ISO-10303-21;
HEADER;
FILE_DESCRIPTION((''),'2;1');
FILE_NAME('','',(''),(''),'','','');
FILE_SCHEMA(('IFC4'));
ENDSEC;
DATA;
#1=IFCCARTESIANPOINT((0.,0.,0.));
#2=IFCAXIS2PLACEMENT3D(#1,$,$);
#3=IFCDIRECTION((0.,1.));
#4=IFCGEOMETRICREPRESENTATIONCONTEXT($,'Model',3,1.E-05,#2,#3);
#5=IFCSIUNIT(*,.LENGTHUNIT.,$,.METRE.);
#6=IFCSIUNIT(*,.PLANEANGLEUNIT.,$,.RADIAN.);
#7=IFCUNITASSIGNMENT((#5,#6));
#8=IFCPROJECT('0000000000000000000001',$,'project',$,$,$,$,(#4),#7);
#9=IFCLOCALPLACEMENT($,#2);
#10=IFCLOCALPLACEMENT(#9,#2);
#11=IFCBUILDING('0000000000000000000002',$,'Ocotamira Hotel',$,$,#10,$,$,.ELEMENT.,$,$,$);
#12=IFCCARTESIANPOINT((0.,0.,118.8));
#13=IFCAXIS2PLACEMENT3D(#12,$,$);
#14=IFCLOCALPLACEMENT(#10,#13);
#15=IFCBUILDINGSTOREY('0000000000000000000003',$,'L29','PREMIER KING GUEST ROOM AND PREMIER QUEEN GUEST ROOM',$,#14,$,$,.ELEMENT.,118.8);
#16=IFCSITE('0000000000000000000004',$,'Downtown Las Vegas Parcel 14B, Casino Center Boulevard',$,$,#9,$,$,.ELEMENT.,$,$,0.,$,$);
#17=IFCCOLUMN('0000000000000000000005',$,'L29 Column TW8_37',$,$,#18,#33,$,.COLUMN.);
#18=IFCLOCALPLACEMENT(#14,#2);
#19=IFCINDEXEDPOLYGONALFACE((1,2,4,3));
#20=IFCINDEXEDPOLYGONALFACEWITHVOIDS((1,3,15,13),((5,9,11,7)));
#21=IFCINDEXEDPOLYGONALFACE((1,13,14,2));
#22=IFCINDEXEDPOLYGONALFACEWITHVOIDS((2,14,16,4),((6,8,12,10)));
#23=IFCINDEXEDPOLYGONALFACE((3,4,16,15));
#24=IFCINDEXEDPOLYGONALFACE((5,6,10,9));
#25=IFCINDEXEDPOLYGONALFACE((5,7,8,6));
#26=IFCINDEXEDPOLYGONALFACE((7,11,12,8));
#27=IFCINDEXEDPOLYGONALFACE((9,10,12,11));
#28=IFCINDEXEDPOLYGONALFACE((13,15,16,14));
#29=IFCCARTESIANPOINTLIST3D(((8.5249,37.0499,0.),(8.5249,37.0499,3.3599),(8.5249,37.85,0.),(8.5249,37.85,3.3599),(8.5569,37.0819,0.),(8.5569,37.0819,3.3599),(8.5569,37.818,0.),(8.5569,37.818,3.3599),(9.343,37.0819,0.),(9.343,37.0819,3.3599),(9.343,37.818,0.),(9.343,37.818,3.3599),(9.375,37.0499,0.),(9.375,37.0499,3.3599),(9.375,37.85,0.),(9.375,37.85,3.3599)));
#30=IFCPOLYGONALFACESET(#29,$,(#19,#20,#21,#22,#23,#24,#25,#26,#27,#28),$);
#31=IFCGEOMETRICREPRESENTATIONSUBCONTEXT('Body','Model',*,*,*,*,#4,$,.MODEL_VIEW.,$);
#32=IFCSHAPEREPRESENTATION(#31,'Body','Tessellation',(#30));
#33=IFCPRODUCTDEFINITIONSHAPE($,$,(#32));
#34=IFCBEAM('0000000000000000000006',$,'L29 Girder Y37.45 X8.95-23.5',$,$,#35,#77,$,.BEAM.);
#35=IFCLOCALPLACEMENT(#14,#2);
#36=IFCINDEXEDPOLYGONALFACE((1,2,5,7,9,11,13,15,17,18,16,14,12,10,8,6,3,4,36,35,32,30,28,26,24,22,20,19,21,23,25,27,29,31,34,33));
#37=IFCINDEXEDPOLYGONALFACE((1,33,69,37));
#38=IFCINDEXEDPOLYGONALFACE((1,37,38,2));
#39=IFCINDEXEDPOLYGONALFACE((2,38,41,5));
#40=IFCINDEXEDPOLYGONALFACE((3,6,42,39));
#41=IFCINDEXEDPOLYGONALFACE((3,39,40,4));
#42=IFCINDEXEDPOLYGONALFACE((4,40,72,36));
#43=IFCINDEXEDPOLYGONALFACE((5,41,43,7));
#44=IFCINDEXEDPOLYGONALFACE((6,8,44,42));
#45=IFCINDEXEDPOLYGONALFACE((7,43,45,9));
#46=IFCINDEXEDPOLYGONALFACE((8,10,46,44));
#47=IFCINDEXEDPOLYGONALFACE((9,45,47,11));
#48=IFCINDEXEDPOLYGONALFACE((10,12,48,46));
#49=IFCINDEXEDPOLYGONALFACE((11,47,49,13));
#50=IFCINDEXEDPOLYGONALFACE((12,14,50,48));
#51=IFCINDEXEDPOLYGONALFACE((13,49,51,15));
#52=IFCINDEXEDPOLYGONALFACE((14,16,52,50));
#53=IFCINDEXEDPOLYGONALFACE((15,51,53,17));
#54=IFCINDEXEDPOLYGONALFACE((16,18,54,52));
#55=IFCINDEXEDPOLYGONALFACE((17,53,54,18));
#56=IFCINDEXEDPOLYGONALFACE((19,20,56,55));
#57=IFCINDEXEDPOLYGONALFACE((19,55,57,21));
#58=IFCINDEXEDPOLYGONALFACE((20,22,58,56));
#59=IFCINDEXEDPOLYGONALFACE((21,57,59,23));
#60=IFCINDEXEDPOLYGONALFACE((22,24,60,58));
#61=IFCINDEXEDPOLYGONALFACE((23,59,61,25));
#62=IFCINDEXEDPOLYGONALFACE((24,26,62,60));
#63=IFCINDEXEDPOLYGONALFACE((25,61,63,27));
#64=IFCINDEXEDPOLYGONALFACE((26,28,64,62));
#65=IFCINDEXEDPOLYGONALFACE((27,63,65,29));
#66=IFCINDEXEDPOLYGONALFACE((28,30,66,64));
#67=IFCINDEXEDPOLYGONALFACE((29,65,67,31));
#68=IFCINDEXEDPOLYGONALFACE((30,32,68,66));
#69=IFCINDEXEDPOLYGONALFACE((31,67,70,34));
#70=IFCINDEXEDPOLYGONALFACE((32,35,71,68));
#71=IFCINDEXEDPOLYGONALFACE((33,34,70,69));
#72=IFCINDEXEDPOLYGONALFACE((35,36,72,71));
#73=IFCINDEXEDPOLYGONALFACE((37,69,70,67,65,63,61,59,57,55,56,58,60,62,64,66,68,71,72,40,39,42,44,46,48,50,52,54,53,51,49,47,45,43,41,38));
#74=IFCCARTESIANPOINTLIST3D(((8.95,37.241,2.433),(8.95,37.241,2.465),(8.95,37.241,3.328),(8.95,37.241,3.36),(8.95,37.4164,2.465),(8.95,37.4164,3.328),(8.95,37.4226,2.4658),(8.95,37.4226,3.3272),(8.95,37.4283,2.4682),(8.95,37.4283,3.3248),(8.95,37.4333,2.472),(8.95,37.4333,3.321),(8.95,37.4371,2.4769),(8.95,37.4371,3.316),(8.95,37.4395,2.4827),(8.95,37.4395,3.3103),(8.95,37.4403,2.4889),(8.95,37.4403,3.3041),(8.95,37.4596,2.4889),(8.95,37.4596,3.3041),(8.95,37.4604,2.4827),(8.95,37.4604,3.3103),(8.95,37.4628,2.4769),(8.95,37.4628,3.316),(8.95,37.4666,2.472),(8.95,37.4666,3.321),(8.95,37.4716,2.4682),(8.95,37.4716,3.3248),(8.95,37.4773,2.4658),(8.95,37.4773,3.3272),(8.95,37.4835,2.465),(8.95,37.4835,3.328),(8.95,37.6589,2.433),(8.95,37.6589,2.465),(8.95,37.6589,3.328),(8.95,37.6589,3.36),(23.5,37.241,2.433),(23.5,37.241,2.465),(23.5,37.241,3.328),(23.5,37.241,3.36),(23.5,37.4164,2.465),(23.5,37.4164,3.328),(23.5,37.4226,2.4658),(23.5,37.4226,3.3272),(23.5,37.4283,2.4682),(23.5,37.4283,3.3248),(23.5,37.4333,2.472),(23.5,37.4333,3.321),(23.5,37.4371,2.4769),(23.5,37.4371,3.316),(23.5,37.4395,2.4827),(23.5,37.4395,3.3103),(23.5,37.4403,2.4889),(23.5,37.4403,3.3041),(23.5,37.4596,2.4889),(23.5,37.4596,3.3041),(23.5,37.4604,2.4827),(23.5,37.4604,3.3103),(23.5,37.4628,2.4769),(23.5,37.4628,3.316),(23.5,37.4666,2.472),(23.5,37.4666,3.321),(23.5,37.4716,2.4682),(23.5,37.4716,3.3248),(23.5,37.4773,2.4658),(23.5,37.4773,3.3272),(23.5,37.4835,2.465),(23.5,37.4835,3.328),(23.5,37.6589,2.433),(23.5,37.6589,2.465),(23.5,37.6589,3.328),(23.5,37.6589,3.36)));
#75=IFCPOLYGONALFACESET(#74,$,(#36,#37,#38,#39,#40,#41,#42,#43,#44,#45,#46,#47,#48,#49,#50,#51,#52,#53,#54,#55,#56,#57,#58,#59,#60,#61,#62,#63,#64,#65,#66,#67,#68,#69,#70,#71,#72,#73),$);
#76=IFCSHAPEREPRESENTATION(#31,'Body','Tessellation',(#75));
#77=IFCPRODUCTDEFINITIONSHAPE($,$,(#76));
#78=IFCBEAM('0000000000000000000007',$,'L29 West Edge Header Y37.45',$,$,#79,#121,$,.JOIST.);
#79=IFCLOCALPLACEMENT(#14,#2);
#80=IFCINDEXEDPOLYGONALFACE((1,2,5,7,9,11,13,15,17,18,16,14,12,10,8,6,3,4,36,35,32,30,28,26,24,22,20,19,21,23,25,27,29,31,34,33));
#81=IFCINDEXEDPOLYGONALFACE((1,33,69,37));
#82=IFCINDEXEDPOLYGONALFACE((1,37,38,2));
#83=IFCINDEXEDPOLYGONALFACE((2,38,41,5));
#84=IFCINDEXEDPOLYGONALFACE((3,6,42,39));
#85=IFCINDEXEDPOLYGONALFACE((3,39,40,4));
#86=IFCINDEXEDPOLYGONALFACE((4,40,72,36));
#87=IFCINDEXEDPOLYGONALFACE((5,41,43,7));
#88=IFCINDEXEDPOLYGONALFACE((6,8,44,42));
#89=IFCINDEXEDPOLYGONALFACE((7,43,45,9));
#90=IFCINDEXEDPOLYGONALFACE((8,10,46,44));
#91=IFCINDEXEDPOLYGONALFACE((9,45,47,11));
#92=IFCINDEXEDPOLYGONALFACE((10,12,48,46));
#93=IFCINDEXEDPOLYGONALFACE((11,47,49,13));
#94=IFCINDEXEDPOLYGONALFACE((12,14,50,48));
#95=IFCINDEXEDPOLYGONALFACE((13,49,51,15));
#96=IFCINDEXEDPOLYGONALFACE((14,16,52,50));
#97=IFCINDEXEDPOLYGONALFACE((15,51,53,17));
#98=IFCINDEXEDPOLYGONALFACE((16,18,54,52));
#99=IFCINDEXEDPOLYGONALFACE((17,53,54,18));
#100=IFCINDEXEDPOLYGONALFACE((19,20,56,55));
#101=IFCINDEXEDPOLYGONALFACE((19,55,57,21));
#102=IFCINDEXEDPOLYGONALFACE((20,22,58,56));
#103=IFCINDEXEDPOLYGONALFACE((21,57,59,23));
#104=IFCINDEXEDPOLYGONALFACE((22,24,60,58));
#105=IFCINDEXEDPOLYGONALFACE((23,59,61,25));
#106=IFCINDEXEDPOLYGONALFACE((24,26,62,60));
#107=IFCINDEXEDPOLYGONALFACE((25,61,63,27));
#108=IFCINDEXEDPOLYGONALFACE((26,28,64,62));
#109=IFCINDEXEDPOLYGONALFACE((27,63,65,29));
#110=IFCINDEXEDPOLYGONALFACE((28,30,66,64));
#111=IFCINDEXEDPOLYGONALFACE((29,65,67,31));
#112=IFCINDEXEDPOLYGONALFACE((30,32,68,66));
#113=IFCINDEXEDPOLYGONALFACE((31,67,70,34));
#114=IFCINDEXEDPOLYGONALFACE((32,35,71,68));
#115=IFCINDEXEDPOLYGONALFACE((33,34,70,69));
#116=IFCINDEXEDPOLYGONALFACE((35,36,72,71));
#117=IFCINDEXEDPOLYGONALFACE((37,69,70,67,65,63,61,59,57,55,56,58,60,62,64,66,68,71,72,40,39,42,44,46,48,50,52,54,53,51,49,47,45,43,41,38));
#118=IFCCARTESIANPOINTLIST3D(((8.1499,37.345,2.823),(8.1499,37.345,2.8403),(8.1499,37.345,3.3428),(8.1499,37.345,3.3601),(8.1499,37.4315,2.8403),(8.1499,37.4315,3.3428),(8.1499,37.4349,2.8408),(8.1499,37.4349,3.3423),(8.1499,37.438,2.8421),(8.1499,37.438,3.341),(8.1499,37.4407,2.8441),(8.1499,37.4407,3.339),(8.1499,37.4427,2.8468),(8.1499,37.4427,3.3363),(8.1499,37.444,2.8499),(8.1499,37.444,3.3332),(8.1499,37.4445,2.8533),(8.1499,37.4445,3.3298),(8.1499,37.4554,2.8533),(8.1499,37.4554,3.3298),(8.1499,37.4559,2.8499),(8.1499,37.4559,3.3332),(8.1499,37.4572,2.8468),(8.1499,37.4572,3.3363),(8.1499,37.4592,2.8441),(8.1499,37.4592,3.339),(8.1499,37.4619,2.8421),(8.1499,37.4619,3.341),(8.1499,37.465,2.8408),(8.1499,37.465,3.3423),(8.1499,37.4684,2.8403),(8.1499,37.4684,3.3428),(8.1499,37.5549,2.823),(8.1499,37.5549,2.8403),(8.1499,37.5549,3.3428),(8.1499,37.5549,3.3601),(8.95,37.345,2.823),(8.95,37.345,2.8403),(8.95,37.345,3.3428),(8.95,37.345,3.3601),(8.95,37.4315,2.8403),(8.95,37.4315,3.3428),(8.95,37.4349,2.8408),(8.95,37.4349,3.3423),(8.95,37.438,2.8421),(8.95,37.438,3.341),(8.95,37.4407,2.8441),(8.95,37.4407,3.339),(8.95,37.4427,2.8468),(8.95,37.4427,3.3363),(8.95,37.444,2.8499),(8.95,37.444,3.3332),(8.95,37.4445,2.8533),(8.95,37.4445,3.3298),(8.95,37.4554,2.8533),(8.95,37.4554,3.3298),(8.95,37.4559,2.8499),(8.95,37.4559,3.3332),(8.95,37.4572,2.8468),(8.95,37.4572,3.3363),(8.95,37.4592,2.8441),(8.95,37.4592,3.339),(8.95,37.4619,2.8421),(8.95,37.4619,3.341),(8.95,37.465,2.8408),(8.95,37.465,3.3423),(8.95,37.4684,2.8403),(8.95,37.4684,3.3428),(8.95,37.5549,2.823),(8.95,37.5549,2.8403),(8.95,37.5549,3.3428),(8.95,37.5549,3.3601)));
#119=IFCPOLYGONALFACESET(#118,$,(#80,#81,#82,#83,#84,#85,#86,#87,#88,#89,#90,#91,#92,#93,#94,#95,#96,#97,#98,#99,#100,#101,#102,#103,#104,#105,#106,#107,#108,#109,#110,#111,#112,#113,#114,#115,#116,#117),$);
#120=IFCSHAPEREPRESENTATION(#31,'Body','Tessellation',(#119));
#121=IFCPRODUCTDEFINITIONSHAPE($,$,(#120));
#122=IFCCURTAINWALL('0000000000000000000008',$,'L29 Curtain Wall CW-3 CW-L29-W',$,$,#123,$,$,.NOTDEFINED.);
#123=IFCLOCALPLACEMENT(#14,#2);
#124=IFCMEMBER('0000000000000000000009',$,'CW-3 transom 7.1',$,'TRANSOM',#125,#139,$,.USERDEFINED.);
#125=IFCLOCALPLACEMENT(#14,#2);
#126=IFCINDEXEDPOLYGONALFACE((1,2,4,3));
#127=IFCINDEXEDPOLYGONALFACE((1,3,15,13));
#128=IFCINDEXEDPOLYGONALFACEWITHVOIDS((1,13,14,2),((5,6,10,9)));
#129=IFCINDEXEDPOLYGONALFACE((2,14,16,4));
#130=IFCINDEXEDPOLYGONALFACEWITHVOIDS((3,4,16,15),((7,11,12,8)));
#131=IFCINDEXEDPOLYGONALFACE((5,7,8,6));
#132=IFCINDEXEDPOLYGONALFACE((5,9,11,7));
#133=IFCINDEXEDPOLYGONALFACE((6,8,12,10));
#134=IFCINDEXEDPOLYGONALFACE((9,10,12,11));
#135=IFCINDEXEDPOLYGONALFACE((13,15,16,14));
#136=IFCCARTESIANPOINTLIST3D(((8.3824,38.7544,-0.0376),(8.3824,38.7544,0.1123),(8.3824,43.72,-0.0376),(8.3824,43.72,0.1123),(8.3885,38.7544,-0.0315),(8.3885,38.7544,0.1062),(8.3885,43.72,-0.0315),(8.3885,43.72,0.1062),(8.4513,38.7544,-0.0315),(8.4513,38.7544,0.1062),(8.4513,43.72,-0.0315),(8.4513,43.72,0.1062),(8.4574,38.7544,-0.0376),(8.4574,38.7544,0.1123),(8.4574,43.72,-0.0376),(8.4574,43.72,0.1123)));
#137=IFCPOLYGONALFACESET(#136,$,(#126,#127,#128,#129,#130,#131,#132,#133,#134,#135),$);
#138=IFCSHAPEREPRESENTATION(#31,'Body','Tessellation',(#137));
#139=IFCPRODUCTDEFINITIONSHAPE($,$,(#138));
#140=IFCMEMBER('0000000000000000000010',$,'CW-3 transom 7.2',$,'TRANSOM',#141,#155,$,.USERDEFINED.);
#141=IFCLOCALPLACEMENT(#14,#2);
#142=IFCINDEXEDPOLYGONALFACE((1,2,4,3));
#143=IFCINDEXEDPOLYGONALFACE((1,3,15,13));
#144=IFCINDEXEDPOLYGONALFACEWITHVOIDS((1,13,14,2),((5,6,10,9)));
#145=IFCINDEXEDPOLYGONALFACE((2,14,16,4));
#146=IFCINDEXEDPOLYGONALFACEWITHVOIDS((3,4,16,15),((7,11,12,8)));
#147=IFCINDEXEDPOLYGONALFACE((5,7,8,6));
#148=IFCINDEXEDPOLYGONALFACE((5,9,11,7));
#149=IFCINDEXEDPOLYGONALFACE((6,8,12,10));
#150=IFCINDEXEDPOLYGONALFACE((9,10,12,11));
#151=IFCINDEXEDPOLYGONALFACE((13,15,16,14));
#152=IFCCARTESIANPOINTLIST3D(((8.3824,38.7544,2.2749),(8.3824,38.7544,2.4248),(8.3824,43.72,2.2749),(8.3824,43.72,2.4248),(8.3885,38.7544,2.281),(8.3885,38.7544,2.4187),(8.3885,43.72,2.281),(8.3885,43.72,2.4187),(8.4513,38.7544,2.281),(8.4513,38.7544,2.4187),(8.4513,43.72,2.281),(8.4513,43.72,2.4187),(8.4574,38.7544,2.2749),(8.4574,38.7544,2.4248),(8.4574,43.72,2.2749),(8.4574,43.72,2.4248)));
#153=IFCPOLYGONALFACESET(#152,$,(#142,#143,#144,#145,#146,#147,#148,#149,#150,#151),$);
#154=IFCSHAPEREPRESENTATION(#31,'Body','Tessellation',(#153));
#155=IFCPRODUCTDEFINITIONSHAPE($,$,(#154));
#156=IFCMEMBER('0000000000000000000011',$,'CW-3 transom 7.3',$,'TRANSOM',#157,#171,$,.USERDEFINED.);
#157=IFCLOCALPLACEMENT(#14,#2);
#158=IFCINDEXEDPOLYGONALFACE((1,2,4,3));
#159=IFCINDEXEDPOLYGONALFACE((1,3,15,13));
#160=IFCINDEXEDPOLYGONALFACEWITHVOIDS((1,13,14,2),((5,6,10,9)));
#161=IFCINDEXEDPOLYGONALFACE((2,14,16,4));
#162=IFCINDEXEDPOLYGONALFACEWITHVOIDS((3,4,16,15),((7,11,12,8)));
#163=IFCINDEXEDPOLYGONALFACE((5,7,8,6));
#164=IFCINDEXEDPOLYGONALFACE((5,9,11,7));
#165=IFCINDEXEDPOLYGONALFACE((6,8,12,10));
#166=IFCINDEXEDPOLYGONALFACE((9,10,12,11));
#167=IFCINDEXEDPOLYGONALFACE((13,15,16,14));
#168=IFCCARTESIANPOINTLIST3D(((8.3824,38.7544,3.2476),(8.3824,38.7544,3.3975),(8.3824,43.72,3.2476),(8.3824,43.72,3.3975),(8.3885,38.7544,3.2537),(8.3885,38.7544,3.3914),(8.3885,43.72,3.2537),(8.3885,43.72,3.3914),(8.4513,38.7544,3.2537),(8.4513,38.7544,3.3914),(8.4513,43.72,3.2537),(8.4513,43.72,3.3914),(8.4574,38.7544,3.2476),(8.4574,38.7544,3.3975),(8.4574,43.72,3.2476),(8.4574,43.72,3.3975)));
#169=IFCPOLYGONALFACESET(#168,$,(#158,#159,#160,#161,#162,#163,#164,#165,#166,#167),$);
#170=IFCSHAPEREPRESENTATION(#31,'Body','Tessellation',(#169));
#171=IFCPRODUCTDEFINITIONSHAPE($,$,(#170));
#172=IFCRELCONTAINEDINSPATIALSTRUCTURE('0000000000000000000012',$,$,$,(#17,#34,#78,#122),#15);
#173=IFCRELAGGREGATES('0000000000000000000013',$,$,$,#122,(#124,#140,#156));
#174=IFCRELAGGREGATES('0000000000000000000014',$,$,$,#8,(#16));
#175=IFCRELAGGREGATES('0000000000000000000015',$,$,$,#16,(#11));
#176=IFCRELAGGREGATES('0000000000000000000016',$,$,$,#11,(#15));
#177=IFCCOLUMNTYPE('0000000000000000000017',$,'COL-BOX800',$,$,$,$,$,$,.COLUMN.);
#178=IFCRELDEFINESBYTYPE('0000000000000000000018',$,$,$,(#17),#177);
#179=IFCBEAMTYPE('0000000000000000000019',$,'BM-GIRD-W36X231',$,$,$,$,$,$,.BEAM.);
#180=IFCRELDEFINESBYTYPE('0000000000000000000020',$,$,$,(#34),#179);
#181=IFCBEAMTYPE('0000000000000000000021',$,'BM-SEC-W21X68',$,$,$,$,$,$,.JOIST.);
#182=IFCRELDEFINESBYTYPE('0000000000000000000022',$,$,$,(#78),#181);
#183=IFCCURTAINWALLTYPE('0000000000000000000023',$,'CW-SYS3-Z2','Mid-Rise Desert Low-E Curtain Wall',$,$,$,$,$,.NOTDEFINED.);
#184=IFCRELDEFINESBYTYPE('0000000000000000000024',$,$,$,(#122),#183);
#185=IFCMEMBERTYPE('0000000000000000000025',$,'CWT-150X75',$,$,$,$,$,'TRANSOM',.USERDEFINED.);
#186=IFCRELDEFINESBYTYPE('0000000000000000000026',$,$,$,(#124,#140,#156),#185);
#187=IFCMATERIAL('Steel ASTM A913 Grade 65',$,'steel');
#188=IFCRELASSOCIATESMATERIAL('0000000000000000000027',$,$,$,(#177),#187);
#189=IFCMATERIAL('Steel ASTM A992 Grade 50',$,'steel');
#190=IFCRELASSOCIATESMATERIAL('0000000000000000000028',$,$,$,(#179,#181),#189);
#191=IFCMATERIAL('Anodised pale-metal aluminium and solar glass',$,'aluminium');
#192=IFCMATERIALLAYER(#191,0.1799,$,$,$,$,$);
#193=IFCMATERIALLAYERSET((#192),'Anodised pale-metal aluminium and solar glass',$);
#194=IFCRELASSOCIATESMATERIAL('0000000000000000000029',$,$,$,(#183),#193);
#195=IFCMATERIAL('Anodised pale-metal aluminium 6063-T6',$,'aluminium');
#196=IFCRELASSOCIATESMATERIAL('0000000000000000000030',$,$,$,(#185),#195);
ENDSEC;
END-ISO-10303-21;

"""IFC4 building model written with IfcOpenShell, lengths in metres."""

from ifc_helpers import new_model, si_unit, direction, frame, origin, origin_2d, place, context, subcontext, project, spatial, hollow_rectangle, i_section, extrude, source, transform, mapped, material, layer, layer_set, material_profile, profile_set, type_object, element, aggregate, save


model = new_model("IFC4")

# Units and contexts
model_context = context("Model", 3, precision=1e-05, world=origin(), true_north=direction((0.0, 1.0)))
body_context = subcontext(model_context, "Body", "Model", "MODEL_VIEW")
ifc_project = project(units=[si_unit("LENGTHUNIT", "METRE"), si_unit("PLANEANGLEUNIT", "RADIAN")], contexts=[model_context])

# Site, building, storey
site_placement = place(None, origin())
site = spatial("IfcSite", under=ifc_project, at=site_placement, Name="Downtown Las Vegas Parcel 14B, Casino Center Boulevard", CompositionType="ELEMENT", RefElevation=0.0)
building_placement = place(site_placement, origin())
building = spatial("IfcBuilding", under=site, at=building_placement, Name="Ocotamira Hotel", CompositionType="ELEMENT")
storey_placement = place(building_placement, frame((0.0, 0.0, 118.8)))
storey = spatial("IfcBuildingStorey", under=building, at=storey_placement, Name="L29", Description="PREMIER KING GUEST ROOM AND PREMIER QUEEN GUEST ROOM", CompositionType="ELEMENT", Elevation=118.8)

# Column
ifc_material_1 = material(Name="Steel ASTM A913 Grade 65", Category="steel")
ifc_material_profile_1 = material_profile(ifc_material_1, hollow_rectangle(XDim=0.8501, YDim=0.8, WallThickness=0.032, at=origin_2d()), Name="BOX800X850X32")
ifc_profile_set_1 = profile_set([ifc_material_profile_1], Name="Steel ASTM A913 Grade 65")
column_type = type_object("IfcColumnType", Name="COL-BOX800", PredefinedType="COLUMN", material=ifc_profile_set_1)
shared_shape_1 = source(origin(), body_context, "Body", "SweptSolid", [
    extrude(hollow_rectangle(XDim=0.8501, YDim=0.8, WallThickness=0.032, at=origin_2d()), origin(), (0.0, 0.0, 1.0), 3.3599),
])
column_placement = place(storey_placement, frame((8.95, 37.45, 0.0), z_axis=(0.0, 0.0, 1.0), x_axis=(1.0, 0.0, 0.0)))
element("IfcColumn", 1, at=column_placement, inside=storey, type_object=column_type, Name="L29 Column TW8_37", PredefinedType="COLUMN", context=body_context, shape_type="MappedRepresentation", body=[
    mapped(shared_shape_1, transform((0.0, 0.0, 0.0), scale=1.0)),
])

# Beams
ifc_material_2 = material(Name="Steel ASTM A992 Grade 50", Category="steel")
ifc_material_profile_2 = material_profile(ifc_material_2, i_section(OverallWidth=0.418, OverallDepth=0.927, WebThickness=0.0193, FlangeThickness=0.032, FilletRadius=0.0239, at=origin_2d()), Name="W36X231")
ifc_profile_set_2 = profile_set([ifc_material_profile_2], Name="Steel ASTM A992 Grade 50")
beam_type_1 = type_object("IfcBeamType", Name="BM-GIRD-W36X231", PredefinedType="BEAM", material=ifc_profile_set_2)
shared_shape_2 = source(origin(), body_context, "Body", "SweptSolid", [
    extrude(i_section(OverallWidth=0.418, OverallDepth=0.927, WebThickness=0.0193, FlangeThickness=0.032, FilletRadius=0.0239, at=origin_2d()), origin(), (0.0, 0.0, 1.0), 14.55),
])
beam_1_placement = place(storey_placement, frame((8.95, 37.45, 2.8965), z_axis=(1.0, 0.0, 0.0), x_axis=(0.0, 1.0, 0.0)))
element("IfcBeam", 2, at=beam_1_placement, inside=storey, type_object=beam_type_1, Name="L29 Girder Y37.45 X8.95-23.5", PredefinedType="BEAM", context=body_context, shape_type="MappedRepresentation", body=[
    mapped(shared_shape_2, transform((0.0, 0.0, 0.0), scale=1.0)),
])
ifc_material_profile_3 = material_profile(ifc_material_2, i_section(OverallWidth=0.21, OverallDepth=0.5371, WebThickness=0.011, FlangeThickness=0.0173, FilletRadius=0.0129, at=origin_2d()), Name="W21X68")
ifc_profile_set_3 = profile_set([ifc_material_profile_3], Name="Steel ASTM A992 Grade 50")
beam_type_2 = type_object("IfcBeamType", Name="BM-SEC-W21X68", PredefinedType="JOIST", material=ifc_profile_set_3)
shared_shape_3 = source(origin(), body_context, "Body", "SweptSolid", [
    extrude(i_section(OverallWidth=0.21, OverallDepth=0.5371, WebThickness=0.011, FlangeThickness=0.0173, FilletRadius=0.0129, at=origin_2d()), origin(), (0.0, 0.0, 1.0), 0.8),
])
beam_2_placement = place(storey_placement, frame((8.95, 37.45, 3.0916), z_axis=(-1.0, 0.0, 0.0), x_axis=(0.0, -1.0, 0.0)))
element("IfcBeam", 3, at=beam_2_placement, inside=storey, type_object=beam_type_2, Name="L29 West Edge Header Y37.45", PredefinedType="JOIST", context=body_context, shape_type="MappedRepresentation", body=[
    mapped(shared_shape_3, transform((0.0, 0.0, 0.0), scale=1.0)),
])

# Curtain wall, members
ifc_material_3 = material(Name="Anodised pale-metal aluminium and solar glass", Category="aluminium")
ifc_layer_1 = layer(ifc_material_3, 0.1799)
ifc_layer_set_1 = layer_set([ifc_layer_1], Name="Anodised pale-metal aluminium and solar glass")
curtain_wall_type = type_object("IfcCurtainWallType", Name="CW-SYS3-Z2", Description="Mid-Rise Desert Low-E Curtain Wall", PredefinedType="NOTDEFINED", material=ifc_layer_set_1)
curtain_wall_placement = place(storey_placement, origin())
curtain_wall = element("IfcCurtainWall", 4, at=curtain_wall_placement, inside=storey, type_object=curtain_wall_type, Name="L29 Curtain Wall CW-3 CW-L29-W", PredefinedType="NOTDEFINED")
ifc_material_4 = material(Name="Anodised pale-metal aluminium 6063-T6", Category="aluminium")
ifc_material_profile_4 = material_profile(ifc_material_4, hollow_rectangle(XDim=0.075, YDim=0.1499, WallThickness=0.0061, at=origin_2d()), Name="HSS150X75X6")
ifc_profile_set_4 = profile_set([ifc_material_profile_4], Name="Anodised pale-metal aluminium 6063-T6")
member_type_1 = type_object("IfcMemberType", Name="CWT-150X75", ElementType="TRANSOM", PredefinedType="USERDEFINED", material=ifc_profile_set_4)
shared_shape_4 = source(origin(), body_context, "Body", "SweptSolid", [
    extrude(hollow_rectangle(XDim=0.075, YDim=0.1499, WallThickness=0.0061, at=origin_2d()), origin(), (0.0, 0.0, 1.0), 4.9656),
])
member_1_placement = place(storey_placement, frame((8.4199, 38.7544, 0.0374), z_axis=(0.0, 1.0, 0.0), x_axis=(-1.0, 0.0, 0.0)))
member_1 = element("IfcMember", 5, at=member_1_placement, type_object=member_type_1, Name="CW-3 transom 7.1", ObjectType="TRANSOM", PredefinedType="USERDEFINED", context=body_context, shape_type="MappedRepresentation", body=[
    mapped(shared_shape_4, transform((0.0, 0.0, 0.0), scale=1.0)),
])
member_2_placement = place(storey_placement, frame((8.4199, 38.7544, 2.3499), z_axis=(0.0, 1.0, 0.0), x_axis=(-1.0, 0.0, 0.0)))
member_2 = element("IfcMember", 6, at=member_2_placement, type_object=member_type_1, Name="CW-3 transom 7.2", ObjectType="TRANSOM", PredefinedType="USERDEFINED", context=body_context, shape_type="MappedRepresentation", body=[
    mapped(shared_shape_4, transform((0.0, 0.0, 0.0), scale=1.0)),
])
member_3_placement = place(storey_placement, frame((8.4199, 38.7544, 3.3225), z_axis=(0.0, 1.0, 0.0), x_axis=(-1.0, 0.0, 0.0)))
member_3 = element("IfcMember", 7, at=member_3_placement, type_object=member_type_1, Name="CW-3 transom 7.3", ObjectType="TRANSOM", PredefinedType="USERDEFINED", context=body_context, shape_type="MappedRepresentation", body=[
    mapped(shared_shape_4, transform((0.0, 0.0, 0.0), scale=1.0)),
])
aggregate(curtain_wall, [member_1, member_2, member_3])

save(model, "model.ifc")
